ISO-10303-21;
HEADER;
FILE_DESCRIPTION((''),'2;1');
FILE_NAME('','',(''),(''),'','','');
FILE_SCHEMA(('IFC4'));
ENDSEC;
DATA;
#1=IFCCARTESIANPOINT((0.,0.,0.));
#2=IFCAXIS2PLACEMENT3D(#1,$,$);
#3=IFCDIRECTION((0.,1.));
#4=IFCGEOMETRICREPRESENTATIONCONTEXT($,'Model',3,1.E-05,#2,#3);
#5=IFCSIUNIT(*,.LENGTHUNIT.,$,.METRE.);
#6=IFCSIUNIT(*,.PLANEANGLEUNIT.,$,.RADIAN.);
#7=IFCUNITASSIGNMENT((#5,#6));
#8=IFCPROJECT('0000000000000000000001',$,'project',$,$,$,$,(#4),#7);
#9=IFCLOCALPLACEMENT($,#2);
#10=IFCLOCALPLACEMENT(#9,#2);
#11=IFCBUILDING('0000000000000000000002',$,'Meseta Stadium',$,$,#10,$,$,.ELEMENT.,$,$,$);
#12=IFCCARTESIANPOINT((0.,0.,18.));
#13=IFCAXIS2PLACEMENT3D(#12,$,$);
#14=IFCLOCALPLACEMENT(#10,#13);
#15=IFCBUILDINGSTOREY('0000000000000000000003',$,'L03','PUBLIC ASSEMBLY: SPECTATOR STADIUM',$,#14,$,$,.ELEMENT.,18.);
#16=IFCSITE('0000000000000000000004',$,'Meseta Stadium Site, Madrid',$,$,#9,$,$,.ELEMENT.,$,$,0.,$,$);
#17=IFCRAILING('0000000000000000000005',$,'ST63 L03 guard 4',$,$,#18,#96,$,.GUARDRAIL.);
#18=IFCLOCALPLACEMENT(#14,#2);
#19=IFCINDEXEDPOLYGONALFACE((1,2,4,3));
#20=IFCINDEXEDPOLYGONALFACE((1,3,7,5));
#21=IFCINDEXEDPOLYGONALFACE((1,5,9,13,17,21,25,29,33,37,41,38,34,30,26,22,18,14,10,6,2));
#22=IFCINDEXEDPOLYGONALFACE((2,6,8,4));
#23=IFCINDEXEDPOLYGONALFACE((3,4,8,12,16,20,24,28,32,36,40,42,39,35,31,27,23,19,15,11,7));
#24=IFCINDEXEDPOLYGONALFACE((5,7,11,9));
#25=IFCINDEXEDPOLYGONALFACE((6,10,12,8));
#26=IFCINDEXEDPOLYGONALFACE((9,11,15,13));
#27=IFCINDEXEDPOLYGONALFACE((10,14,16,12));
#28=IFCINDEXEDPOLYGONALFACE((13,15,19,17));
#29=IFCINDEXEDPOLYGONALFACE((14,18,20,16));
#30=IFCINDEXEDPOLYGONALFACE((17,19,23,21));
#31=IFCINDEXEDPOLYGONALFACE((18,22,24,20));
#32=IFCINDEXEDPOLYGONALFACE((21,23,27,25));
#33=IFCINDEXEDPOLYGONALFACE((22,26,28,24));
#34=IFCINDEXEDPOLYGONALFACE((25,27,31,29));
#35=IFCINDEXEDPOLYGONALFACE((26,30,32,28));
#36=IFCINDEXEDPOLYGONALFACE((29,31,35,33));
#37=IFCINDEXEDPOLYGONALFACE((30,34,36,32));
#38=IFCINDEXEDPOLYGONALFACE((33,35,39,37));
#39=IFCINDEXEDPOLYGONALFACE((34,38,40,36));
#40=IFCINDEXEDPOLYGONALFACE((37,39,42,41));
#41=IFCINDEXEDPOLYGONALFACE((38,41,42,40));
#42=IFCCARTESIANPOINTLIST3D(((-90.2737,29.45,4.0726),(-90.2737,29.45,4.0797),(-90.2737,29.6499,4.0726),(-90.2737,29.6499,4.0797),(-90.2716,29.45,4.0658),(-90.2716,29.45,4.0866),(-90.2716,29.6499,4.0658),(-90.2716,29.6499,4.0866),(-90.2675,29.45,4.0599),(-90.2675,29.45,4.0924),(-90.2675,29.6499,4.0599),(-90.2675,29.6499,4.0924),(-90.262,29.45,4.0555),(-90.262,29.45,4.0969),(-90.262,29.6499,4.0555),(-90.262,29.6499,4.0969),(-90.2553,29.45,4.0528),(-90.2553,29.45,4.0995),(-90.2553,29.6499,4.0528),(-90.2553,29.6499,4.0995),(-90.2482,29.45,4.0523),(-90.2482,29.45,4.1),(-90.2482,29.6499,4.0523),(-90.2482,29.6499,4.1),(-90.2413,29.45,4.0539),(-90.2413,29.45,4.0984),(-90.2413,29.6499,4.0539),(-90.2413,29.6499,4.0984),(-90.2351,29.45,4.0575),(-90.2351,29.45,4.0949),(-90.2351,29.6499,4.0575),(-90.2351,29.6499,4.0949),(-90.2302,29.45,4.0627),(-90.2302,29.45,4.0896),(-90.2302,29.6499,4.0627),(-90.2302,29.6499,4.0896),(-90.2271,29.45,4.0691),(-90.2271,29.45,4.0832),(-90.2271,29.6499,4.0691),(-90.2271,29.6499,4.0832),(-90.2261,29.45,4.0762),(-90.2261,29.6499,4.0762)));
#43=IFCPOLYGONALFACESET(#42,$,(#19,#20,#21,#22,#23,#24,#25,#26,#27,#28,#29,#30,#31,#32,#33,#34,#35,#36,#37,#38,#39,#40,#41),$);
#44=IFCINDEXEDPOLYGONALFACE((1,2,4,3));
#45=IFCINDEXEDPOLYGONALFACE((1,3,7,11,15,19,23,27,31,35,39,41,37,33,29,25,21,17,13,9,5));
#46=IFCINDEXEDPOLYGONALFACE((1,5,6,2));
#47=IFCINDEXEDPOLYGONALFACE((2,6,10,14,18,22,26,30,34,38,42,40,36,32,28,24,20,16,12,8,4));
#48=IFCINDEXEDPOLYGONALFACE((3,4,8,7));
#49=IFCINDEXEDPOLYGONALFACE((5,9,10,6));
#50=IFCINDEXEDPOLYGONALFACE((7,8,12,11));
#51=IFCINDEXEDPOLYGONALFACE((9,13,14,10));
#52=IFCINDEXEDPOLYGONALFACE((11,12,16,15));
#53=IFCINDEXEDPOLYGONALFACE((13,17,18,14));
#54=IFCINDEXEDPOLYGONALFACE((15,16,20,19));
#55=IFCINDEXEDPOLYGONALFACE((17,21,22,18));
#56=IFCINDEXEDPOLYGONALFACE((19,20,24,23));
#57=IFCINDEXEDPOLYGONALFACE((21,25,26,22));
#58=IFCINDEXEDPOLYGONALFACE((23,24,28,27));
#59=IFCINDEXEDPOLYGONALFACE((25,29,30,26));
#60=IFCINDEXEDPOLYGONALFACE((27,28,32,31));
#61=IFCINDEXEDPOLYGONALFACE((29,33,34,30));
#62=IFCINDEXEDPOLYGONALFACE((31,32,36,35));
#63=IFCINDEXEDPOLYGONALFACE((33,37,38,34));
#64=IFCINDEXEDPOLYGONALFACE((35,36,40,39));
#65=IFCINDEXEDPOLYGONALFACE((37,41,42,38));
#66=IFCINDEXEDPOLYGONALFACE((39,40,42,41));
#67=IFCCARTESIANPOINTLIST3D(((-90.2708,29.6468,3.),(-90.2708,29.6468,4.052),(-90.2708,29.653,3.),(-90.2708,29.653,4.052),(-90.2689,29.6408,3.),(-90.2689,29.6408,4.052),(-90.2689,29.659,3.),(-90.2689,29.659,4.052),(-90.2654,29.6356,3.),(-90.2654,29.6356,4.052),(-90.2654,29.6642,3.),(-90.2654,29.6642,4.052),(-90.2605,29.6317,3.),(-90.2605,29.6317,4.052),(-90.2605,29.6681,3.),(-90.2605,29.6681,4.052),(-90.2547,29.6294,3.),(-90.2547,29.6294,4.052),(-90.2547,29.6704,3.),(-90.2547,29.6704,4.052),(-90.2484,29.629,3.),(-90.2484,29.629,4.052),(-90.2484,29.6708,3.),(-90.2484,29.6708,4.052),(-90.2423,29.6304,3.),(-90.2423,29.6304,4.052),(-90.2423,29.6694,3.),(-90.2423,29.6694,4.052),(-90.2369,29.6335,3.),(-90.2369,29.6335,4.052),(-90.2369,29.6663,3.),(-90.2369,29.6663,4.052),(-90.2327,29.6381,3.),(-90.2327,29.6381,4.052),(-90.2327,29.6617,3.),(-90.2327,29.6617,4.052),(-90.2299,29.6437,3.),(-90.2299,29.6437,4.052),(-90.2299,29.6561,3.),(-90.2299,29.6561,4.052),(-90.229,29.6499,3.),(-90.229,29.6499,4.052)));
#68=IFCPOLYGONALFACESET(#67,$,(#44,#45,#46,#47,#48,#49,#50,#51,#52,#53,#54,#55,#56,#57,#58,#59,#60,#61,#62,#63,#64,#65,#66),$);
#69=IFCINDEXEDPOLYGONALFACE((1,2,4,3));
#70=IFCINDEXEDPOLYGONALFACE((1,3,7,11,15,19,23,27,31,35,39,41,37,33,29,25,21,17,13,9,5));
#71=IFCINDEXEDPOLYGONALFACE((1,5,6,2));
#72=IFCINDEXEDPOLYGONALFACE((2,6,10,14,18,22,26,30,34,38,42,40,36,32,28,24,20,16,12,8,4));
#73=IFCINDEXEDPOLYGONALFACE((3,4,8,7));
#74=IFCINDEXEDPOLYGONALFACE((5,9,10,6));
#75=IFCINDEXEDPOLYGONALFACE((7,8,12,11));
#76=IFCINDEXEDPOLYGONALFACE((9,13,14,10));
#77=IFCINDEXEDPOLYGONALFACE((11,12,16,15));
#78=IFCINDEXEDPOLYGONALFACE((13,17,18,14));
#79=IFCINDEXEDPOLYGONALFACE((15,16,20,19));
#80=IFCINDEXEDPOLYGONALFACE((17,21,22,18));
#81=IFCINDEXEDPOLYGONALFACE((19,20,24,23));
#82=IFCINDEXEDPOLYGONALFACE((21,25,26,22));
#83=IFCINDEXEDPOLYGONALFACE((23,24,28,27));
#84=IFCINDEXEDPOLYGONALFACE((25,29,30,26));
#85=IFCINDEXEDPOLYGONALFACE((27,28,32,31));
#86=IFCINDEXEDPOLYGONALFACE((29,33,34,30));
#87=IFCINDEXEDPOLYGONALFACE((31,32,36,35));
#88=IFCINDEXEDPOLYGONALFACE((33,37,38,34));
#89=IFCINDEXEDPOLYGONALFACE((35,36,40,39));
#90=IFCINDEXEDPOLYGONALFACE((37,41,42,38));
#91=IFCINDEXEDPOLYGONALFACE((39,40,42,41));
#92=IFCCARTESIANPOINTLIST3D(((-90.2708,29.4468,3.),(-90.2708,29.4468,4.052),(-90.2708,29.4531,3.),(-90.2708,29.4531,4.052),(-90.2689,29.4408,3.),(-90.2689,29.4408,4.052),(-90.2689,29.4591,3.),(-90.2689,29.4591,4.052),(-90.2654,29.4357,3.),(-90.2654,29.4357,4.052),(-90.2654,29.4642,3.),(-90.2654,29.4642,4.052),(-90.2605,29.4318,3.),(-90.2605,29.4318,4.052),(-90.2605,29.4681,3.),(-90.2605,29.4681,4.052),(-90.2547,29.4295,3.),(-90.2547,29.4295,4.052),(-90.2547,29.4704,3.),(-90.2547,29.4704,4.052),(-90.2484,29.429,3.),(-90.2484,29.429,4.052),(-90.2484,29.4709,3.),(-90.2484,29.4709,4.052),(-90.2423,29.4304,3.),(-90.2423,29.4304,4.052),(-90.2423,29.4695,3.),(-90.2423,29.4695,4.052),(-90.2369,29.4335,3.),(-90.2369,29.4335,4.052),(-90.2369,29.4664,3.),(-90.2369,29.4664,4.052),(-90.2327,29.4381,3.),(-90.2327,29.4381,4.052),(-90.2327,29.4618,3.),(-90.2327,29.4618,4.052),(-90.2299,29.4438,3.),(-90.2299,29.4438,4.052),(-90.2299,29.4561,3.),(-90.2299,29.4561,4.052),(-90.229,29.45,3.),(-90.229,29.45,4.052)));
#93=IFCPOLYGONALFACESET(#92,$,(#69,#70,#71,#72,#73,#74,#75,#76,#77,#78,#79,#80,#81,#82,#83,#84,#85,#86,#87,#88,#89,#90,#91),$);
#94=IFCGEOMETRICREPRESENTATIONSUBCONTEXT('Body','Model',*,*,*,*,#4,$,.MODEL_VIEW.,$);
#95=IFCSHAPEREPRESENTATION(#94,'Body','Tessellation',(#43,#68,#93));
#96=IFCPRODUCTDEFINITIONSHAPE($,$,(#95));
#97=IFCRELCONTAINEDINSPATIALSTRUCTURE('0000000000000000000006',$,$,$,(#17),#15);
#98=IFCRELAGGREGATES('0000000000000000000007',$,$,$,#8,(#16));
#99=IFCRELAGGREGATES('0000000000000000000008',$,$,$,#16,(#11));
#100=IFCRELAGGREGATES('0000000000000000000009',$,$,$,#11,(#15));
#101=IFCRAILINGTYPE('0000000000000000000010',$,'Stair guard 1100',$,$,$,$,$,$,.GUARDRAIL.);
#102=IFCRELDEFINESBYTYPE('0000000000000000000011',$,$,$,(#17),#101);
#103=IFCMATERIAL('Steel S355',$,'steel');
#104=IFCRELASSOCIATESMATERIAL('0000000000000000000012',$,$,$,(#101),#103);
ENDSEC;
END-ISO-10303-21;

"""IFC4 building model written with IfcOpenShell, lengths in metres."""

from ifc_helpers import new_model, si_unit, direction, frame, origin, origin_2d, place, context, subcontext, project, spatial, circle, extrude, material, type_object, element, save


model = new_model("IFC4")

# Units and contexts
model_context = context("Model", 3, precision=1e-05, world=origin(), true_north=direction((0.0, 1.0)))
body_context = subcontext(model_context, "Body", "Model", "MODEL_VIEW")
ifc_project = project(units=[si_unit("LENGTHUNIT", "METRE"), si_unit("PLANEANGLEUNIT", "RADIAN")], contexts=[model_context])

# Site, building, storey
site_placement = place(None, origin())
site = spatial("IfcSite", under=ifc_project, at=site_placement, Name="Meseta Stadium Site, Madrid", CompositionType="ELEMENT", RefElevation=0.0)
building_placement = place(site_placement, origin())
building = spatial("IfcBuilding", under=site, at=building_placement, Name="Meseta Stadium", CompositionType="ELEMENT")
storey_placement = place(building_placement, frame((0.0, 0.0, 18.0)))
storey = spatial("IfcBuildingStorey", under=building, at=storey_placement, Name="L03", Description="PUBLIC ASSEMBLY: SPECTATOR STADIUM", CompositionType="ELEMENT", Elevation=18.0)

# Railing
ifc_material_1 = material(Name="Steel S355", Category="steel")
railing_type_1 = type_object("IfcRailingType", Name="Stair guard 1100", PredefinedType="GUARDRAIL", material=ifc_material_1)
railing_1_placement = place(storey_placement, frame((-90.25, 29.6499, 3.0)))
element("IfcRailing", 1, at=railing_1_placement, inside=storey, type_object=railing_type_1, Name="ST63 L03 guard 4", PredefinedType="GUARDRAIL", context=body_context, shape_type="SweptSolid", body=[
    extrude(circle(Radius=0.0239, at=origin_2d()), frame((0.0, 0.0, 1.0762), z_axis=(0.0, -1.0, 0.0), x_axis=(1.0, 0.0, 0.0)), (0.0, 0.0, 1.0), 0.2),
    extrude(circle(Radius=0.021, at=origin_2d()), origin(), (0.0, 0.0, 1.0), 1.052),
    extrude(circle(Radius=0.021, at=origin_2d()), frame((0.0, -0.2, 0.0)), (0.0, 0.0, 1.0), 1.052),
])

save(model, "model.ifc")
